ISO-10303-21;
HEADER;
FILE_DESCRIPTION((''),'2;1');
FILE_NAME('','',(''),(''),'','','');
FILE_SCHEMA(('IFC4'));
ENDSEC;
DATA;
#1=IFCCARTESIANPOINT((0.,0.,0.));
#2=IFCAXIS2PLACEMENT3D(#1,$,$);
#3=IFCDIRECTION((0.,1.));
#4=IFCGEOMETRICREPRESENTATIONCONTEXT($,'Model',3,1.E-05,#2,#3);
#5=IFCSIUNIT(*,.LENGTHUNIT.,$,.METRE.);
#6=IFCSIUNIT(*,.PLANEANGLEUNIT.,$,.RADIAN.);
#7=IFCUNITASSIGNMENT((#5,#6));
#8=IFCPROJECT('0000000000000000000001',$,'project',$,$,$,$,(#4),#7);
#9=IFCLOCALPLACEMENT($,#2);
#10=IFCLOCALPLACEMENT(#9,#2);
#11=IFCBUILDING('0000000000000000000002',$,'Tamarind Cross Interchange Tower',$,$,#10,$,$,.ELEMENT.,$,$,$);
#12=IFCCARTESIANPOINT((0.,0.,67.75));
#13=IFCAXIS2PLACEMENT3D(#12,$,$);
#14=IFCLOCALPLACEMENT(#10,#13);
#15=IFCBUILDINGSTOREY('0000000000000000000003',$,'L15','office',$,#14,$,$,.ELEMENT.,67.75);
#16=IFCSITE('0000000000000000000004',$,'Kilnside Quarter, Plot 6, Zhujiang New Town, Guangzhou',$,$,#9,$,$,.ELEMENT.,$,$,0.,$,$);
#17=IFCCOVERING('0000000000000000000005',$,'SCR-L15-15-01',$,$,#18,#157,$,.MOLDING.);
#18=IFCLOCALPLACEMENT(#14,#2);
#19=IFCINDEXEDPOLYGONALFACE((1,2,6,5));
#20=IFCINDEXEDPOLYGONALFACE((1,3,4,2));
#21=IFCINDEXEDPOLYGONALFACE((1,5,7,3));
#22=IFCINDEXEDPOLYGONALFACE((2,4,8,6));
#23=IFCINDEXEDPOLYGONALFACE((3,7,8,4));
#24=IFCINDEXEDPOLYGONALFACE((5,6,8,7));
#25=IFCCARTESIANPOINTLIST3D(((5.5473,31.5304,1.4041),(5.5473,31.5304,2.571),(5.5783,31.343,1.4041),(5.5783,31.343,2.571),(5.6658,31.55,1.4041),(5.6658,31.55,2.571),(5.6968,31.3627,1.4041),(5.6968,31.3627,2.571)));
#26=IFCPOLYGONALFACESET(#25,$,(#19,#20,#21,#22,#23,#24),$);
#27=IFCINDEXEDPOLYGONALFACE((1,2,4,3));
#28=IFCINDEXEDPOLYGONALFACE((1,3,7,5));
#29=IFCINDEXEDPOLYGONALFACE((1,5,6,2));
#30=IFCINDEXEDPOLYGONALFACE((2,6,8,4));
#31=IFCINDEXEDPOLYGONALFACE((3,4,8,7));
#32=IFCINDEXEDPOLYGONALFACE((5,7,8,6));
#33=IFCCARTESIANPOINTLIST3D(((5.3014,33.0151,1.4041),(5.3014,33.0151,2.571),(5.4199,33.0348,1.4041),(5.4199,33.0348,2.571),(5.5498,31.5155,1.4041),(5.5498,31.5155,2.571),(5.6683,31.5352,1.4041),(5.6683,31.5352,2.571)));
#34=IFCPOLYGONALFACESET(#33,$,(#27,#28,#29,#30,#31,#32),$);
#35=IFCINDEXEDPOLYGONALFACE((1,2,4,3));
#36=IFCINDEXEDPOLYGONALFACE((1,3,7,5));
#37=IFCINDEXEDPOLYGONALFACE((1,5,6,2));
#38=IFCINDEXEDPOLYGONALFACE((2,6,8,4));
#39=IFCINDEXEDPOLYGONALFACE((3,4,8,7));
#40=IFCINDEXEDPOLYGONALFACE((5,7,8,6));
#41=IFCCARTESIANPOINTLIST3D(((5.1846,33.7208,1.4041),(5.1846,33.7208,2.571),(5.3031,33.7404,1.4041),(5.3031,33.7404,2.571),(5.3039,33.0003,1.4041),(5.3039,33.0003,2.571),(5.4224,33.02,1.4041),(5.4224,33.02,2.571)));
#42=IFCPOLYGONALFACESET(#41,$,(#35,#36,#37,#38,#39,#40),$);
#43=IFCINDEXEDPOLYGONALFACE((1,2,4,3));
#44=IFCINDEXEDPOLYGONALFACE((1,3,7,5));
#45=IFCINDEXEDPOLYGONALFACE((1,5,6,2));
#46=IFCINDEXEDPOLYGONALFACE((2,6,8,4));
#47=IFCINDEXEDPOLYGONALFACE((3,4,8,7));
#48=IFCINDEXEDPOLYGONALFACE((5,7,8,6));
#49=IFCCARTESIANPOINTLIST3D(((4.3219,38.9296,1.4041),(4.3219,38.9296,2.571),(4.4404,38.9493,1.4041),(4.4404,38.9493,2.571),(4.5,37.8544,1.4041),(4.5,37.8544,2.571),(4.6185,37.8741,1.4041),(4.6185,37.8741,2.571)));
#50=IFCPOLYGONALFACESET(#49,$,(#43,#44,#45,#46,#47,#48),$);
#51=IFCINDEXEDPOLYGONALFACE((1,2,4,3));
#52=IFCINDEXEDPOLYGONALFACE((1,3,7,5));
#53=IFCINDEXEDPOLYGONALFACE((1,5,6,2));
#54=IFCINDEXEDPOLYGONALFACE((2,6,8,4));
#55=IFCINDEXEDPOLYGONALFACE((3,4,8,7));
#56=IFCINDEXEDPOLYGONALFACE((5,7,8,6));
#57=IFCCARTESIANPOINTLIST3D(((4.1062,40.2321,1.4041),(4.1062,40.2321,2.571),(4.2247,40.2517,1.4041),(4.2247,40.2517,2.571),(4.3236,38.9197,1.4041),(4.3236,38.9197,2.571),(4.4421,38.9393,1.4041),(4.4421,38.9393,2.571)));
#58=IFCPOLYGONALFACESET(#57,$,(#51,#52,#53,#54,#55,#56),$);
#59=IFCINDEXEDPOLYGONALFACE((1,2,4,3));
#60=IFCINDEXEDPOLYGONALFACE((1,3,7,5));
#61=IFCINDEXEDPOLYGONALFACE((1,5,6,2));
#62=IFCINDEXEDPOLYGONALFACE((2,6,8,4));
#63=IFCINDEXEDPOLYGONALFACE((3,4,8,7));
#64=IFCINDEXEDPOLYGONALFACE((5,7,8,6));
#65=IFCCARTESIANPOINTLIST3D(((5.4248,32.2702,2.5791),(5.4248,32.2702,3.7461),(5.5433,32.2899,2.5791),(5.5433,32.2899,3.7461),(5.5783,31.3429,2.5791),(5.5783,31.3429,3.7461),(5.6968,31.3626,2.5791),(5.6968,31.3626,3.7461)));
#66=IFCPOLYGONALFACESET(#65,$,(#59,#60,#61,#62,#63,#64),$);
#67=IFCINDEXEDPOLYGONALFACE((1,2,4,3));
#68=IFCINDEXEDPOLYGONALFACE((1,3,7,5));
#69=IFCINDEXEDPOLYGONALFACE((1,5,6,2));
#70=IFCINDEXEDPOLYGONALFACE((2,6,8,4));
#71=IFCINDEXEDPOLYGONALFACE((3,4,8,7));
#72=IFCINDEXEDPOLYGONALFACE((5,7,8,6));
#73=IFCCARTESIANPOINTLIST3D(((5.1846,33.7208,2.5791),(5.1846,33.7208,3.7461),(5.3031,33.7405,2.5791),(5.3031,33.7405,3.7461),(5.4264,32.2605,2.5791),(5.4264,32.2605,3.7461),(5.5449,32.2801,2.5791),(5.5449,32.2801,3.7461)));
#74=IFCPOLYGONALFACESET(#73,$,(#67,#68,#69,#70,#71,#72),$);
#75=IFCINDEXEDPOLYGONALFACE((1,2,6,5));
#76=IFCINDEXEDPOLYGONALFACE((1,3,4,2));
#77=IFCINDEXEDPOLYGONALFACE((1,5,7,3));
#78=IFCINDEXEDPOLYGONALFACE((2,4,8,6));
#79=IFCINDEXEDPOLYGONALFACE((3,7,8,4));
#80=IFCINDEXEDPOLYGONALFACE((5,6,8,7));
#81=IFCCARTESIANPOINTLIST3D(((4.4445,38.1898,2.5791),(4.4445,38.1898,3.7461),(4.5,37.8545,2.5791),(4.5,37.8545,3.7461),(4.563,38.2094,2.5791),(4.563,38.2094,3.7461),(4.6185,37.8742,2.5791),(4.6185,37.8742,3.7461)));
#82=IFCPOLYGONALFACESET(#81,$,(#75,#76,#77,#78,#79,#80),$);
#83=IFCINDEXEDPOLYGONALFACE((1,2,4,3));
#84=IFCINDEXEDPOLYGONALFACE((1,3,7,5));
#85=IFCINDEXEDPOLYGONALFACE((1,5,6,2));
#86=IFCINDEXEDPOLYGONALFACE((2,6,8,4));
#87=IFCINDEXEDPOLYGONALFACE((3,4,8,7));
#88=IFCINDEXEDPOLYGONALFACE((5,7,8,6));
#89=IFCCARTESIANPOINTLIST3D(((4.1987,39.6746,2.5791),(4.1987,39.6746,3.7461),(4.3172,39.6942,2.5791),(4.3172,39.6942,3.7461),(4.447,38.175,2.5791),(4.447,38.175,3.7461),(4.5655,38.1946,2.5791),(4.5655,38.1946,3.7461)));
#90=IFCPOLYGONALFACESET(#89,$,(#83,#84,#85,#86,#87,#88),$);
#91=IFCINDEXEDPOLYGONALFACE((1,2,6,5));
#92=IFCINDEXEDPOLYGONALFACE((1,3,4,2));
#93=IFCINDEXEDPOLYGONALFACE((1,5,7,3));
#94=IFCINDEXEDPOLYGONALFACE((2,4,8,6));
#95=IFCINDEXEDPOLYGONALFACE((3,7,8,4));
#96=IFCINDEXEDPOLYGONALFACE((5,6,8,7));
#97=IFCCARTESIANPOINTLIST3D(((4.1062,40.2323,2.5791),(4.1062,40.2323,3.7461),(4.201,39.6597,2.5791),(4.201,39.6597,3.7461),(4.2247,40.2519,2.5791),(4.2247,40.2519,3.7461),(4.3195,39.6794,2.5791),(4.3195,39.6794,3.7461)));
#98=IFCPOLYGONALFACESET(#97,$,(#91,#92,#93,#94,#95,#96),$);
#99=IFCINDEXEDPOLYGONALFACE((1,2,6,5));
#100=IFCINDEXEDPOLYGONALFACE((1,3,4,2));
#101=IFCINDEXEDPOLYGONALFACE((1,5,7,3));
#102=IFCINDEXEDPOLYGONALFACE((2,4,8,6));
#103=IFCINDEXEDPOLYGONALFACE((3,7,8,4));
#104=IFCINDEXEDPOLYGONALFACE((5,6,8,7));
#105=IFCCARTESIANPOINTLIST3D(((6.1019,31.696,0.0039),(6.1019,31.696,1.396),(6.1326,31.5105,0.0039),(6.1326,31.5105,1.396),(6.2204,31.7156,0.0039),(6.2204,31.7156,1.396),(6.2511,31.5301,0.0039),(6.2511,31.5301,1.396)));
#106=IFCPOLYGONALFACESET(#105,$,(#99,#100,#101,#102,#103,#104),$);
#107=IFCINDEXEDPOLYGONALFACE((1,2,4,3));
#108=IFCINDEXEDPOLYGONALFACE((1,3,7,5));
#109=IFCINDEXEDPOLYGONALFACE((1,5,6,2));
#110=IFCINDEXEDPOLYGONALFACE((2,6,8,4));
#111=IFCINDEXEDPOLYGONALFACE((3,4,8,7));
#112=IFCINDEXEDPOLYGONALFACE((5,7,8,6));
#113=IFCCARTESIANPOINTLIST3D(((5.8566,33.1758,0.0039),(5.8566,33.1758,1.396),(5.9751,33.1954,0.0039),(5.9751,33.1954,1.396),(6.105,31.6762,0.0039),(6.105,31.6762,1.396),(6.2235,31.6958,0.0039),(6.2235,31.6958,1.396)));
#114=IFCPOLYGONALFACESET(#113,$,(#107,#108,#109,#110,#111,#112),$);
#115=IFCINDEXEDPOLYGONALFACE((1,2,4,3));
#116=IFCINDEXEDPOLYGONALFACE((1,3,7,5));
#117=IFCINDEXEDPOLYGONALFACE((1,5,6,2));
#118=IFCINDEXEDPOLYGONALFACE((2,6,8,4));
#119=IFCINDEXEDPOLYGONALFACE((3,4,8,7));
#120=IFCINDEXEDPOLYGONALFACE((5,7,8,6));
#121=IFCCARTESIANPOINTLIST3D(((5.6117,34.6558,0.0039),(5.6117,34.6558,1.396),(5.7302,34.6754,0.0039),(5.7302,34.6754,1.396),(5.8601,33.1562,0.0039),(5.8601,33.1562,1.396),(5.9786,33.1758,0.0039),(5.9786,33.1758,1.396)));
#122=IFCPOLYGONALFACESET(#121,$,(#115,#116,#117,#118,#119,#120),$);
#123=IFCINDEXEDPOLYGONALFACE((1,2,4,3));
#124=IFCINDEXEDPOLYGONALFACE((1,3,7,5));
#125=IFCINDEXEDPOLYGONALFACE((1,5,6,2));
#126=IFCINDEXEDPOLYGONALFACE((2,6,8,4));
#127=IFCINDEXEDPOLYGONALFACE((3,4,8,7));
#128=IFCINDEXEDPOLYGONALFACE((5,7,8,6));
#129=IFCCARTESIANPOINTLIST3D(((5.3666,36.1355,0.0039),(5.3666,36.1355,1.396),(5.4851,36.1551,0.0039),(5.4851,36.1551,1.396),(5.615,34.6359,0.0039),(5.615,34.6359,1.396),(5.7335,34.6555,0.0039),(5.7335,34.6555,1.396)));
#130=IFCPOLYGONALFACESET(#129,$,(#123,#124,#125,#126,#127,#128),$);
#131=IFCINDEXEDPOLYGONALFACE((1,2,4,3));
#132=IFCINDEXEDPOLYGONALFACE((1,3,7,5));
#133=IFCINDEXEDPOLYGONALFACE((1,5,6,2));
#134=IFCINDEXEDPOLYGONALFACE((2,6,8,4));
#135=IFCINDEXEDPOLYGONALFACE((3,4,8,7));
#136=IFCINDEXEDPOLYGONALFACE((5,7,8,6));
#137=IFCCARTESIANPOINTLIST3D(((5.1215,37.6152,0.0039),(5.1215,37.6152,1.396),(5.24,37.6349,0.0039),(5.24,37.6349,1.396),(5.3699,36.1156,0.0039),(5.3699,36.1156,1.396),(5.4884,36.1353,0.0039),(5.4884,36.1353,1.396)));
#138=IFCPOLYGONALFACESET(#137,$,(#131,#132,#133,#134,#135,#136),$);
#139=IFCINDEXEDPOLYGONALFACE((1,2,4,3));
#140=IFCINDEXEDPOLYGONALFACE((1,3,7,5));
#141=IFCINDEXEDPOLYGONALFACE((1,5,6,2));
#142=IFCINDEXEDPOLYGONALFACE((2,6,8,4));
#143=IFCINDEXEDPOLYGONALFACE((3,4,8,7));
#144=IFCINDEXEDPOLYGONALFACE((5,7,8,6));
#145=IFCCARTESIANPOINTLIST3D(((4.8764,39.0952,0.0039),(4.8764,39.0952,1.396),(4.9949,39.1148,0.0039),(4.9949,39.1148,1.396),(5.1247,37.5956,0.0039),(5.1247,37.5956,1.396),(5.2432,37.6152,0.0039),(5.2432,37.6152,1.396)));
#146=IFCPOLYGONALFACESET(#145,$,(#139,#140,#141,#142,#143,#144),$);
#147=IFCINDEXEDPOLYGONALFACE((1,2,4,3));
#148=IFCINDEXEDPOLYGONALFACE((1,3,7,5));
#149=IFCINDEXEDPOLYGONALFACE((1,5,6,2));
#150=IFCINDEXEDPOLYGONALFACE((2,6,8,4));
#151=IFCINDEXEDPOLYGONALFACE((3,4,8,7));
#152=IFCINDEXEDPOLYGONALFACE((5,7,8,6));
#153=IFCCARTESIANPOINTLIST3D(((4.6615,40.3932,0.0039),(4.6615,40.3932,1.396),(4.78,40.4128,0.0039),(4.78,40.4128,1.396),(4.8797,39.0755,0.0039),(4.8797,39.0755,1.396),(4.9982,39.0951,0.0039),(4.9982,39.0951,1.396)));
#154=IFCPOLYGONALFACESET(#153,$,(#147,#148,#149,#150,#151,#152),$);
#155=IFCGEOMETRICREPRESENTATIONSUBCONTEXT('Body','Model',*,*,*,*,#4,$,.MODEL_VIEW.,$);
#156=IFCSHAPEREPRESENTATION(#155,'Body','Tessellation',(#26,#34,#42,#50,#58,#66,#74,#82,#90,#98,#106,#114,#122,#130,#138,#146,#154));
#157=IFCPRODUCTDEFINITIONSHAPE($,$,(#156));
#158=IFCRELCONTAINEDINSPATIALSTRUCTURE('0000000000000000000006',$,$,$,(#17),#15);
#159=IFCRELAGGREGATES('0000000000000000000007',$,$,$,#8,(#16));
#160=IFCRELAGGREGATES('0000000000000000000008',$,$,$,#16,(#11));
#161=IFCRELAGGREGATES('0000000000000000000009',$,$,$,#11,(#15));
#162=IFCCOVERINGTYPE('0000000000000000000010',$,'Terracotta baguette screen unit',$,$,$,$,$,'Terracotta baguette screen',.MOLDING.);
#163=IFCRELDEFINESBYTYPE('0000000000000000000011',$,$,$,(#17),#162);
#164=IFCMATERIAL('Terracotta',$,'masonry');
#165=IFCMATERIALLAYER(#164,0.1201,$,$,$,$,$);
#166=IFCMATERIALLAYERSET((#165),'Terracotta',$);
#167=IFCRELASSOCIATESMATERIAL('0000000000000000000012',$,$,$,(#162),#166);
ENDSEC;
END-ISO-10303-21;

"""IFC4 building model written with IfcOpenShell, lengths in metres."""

from ifc_helpers import new_model, si_unit, direction, frame, origin, origin_2d, place, context, subcontext, project, spatial, rectangle, extrude, material, layer, layer_set, type_object, element, save


model = new_model("IFC4")

# Units and contexts
model_context = context("Model", 3, precision=1e-05, world=origin(), true_north=direction((0.0, 1.0)))
body_context = subcontext(model_context, "Body", "Model", "MODEL_VIEW")
ifc_project = project(units=[si_unit("LENGTHUNIT", "METRE"), si_unit("PLANEANGLEUNIT", "RADIAN")], contexts=[model_context])

# Site, building, storey
site_placement = place(None, origin())
site = spatial("IfcSite", under=ifc_project, at=site_placement, Name="Kilnside Quarter, Plot 6, Zhujiang New Town, Guangzhou", CompositionType="ELEMENT", RefElevation=0.0)
building_placement = place(site_placement, origin())
building = spatial("IfcBuilding", under=site, at=building_placement, Name="Tamarind Cross Interchange Tower", CompositionType="ELEMENT")
storey_placement = place(building_placement, frame((0.0, 0.0, 67.75)))
storey = spatial("IfcBuildingStorey", under=building, at=storey_placement, Name="L15", Description="office", CompositionType="ELEMENT", Elevation=67.75)

# Covering
ifc_material_1 = material(Name="Terracotta", Category="masonry")
ifc_layer_1 = layer(ifc_material_1, 0.1201)
ifc_layer_set_1 = layer_set([ifc_layer_1], Name="Terracotta")
covering_type = type_object("IfcCoveringType", Name="Terracotta baguette screen unit", ElementType="Terracotta baguette screen", PredefinedType="MOLDING", material=ifc_layer_set_1)
covering_1_placement = place(storey_placement, origin())
element("IfcCovering", 1, at=covering_1_placement, inside=storey, type_object=covering_type, Name="SCR-L15-15-01", PredefinedType="MOLDING", context=body_context, shape_type="SweptSolid", body=[
    extrude(rectangle(XDim=0.1899, YDim=0.1201, at=origin_2d()), frame((5.6221, 31.4465, 1.4041), z_axis=(0.0, 0.0, 1.0), x_axis=(-0.163381, 0.986563, 0.0)), (0.0, 0.0, 1.0), 1.167),
    extrude(rectangle(XDim=1.52, YDim=0.1201, at=origin_2d()), frame((5.4849, 32.2751, 1.4041), z_axis=(0.0, 0.0, 1.0), x_axis=(-0.163381, 0.986563, 0.0)), (0.0, 0.0, 1.0), 1.167),
    extrude(rectangle(XDim=0.7302, YDim=0.1201, at=origin_2d()), frame((5.3035, 33.3704, 1.4041), z_axis=(0.0, 0.0, 1.0), x_axis=(-0.163381, 0.986563, 0.0)), (0.0, 0.0, 1.0), 1.167),
    extrude(rectangle(XDim=1.0898, YDim=0.1201, at=origin_2d()), frame((4.4702, 38.4019, 1.4041), z_axis=(0.0, 0.0, 1.0), x_axis=(-0.163381, 0.986563, 0.0)), (0.0, 0.0, 1.0), 1.167),
    extrude(rectangle(XDim=1.3303, YDim=0.1201, at=origin_2d()), frame((4.2742, 39.5857, 1.4041), z_axis=(0.0, 0.0, 1.0), x_axis=(-0.163381, 0.986563, 0.0)), (0.0, 0.0, 1.0), 1.167),
    extrude(rectangle(XDim=0.9399, YDim=0.1201, at=origin_2d()), frame((5.5608, 31.8164, 2.5791), z_axis=(0.0, 0.0, 1.0), x_axis=(-0.163381, 0.986563, 0.0)), (0.0, 0.0, 1.0), 1.167),
    extrude(rectangle(XDim=1.4802, YDim=0.1201, at=origin_2d()), frame((5.3647, 33.0005, 2.5791), z_axis=(0.0, 0.0, 1.0), x_axis=(-0.163381, 0.986563, 0.0)), (0.0, 0.0, 1.0), 1.167),
    extrude(rectangle(XDim=0.3398, YDim=0.1201, at=origin_2d()), frame((4.5315, 38.032, 2.5791), z_axis=(0.0, 0.0, 1.0), x_axis=(-0.163381, 0.986563, 0.0)), (0.0, 0.0, 1.0), 1.167),
    extrude(rectangle(XDim=1.52, YDim=0.1201, at=origin_2d()), frame((4.3821, 38.9346, 2.5791), z_axis=(0.0, 0.0, 1.0), x_axis=(-0.163381, 0.986563, 0.0)), (0.0, 0.0, 1.0), 1.167),
    extrude(rectangle(XDim=0.5803, YDim=0.1201, at=origin_2d()), frame((4.2129, 39.9558, 2.5791), z_axis=(0.0, 0.0, 1.0), x_axis=(-0.163381, 0.986563, 0.0)), (0.0, 0.0, 1.0), 1.167),
    extrude(rectangle(XDim=0.188, YDim=0.1201, at=origin_2d()), frame((6.1765, 31.613, 0.0039), z_axis=(0.0, 0.0, 1.0), x_axis=(-0.163381, 0.986563, 0.0)), (0.0, 0.0, 1.0), 1.3921),
    extrude(rectangle(XDim=1.52, YDim=0.1201, at=origin_2d()), frame((6.04, 32.4358, 0.0039), z_axis=(0.0, 0.0, 1.0), x_axis=(-0.163381, 0.986563, 0.0)), (0.0, 0.0, 1.0), 1.3921),
    extrude(rectangle(XDim=1.52, YDim=0.1201, at=origin_2d()), frame((5.7952, 33.9158, 0.0039), z_axis=(0.0, 0.0, 1.0), x_axis=(-0.163381, 0.986563, 0.0)), (0.0, 0.0, 1.0), 1.3921),
    extrude(rectangle(XDim=1.52, YDim=0.1201, at=origin_2d()), frame((5.55, 35.3955, 0.0039), z_axis=(0.0, 0.0, 1.0), x_axis=(-0.163381, 0.986563, 0.0)), (0.0, 0.0, 1.0), 1.3921),
    extrude(rectangle(XDim=1.52, YDim=0.1201, at=origin_2d()), frame((5.3049, 36.8752, 0.0039), z_axis=(0.0, 0.0, 1.0), x_axis=(-0.163381, 0.986563, 0.0)), (0.0, 0.0, 1.0), 1.3921),
    extrude(rectangle(XDim=1.52, YDim=0.1201, at=origin_2d()), frame((5.0598, 38.3552, 0.0039), z_axis=(0.0, 0.0, 1.0), x_axis=(-0.163381, 0.986563, 0.0)), (0.0, 0.0, 1.0), 1.3921),
    extrude(rectangle(XDim=1.3357, YDim=0.1201, at=origin_2d()), frame((4.8298, 39.7441, 0.0039), z_axis=(0.0, 0.0, 1.0), x_axis=(-0.163381, 0.986563, 0.0)), (0.0, 0.0, 1.0), 1.3921),
])

save(model, "model.ifc")
